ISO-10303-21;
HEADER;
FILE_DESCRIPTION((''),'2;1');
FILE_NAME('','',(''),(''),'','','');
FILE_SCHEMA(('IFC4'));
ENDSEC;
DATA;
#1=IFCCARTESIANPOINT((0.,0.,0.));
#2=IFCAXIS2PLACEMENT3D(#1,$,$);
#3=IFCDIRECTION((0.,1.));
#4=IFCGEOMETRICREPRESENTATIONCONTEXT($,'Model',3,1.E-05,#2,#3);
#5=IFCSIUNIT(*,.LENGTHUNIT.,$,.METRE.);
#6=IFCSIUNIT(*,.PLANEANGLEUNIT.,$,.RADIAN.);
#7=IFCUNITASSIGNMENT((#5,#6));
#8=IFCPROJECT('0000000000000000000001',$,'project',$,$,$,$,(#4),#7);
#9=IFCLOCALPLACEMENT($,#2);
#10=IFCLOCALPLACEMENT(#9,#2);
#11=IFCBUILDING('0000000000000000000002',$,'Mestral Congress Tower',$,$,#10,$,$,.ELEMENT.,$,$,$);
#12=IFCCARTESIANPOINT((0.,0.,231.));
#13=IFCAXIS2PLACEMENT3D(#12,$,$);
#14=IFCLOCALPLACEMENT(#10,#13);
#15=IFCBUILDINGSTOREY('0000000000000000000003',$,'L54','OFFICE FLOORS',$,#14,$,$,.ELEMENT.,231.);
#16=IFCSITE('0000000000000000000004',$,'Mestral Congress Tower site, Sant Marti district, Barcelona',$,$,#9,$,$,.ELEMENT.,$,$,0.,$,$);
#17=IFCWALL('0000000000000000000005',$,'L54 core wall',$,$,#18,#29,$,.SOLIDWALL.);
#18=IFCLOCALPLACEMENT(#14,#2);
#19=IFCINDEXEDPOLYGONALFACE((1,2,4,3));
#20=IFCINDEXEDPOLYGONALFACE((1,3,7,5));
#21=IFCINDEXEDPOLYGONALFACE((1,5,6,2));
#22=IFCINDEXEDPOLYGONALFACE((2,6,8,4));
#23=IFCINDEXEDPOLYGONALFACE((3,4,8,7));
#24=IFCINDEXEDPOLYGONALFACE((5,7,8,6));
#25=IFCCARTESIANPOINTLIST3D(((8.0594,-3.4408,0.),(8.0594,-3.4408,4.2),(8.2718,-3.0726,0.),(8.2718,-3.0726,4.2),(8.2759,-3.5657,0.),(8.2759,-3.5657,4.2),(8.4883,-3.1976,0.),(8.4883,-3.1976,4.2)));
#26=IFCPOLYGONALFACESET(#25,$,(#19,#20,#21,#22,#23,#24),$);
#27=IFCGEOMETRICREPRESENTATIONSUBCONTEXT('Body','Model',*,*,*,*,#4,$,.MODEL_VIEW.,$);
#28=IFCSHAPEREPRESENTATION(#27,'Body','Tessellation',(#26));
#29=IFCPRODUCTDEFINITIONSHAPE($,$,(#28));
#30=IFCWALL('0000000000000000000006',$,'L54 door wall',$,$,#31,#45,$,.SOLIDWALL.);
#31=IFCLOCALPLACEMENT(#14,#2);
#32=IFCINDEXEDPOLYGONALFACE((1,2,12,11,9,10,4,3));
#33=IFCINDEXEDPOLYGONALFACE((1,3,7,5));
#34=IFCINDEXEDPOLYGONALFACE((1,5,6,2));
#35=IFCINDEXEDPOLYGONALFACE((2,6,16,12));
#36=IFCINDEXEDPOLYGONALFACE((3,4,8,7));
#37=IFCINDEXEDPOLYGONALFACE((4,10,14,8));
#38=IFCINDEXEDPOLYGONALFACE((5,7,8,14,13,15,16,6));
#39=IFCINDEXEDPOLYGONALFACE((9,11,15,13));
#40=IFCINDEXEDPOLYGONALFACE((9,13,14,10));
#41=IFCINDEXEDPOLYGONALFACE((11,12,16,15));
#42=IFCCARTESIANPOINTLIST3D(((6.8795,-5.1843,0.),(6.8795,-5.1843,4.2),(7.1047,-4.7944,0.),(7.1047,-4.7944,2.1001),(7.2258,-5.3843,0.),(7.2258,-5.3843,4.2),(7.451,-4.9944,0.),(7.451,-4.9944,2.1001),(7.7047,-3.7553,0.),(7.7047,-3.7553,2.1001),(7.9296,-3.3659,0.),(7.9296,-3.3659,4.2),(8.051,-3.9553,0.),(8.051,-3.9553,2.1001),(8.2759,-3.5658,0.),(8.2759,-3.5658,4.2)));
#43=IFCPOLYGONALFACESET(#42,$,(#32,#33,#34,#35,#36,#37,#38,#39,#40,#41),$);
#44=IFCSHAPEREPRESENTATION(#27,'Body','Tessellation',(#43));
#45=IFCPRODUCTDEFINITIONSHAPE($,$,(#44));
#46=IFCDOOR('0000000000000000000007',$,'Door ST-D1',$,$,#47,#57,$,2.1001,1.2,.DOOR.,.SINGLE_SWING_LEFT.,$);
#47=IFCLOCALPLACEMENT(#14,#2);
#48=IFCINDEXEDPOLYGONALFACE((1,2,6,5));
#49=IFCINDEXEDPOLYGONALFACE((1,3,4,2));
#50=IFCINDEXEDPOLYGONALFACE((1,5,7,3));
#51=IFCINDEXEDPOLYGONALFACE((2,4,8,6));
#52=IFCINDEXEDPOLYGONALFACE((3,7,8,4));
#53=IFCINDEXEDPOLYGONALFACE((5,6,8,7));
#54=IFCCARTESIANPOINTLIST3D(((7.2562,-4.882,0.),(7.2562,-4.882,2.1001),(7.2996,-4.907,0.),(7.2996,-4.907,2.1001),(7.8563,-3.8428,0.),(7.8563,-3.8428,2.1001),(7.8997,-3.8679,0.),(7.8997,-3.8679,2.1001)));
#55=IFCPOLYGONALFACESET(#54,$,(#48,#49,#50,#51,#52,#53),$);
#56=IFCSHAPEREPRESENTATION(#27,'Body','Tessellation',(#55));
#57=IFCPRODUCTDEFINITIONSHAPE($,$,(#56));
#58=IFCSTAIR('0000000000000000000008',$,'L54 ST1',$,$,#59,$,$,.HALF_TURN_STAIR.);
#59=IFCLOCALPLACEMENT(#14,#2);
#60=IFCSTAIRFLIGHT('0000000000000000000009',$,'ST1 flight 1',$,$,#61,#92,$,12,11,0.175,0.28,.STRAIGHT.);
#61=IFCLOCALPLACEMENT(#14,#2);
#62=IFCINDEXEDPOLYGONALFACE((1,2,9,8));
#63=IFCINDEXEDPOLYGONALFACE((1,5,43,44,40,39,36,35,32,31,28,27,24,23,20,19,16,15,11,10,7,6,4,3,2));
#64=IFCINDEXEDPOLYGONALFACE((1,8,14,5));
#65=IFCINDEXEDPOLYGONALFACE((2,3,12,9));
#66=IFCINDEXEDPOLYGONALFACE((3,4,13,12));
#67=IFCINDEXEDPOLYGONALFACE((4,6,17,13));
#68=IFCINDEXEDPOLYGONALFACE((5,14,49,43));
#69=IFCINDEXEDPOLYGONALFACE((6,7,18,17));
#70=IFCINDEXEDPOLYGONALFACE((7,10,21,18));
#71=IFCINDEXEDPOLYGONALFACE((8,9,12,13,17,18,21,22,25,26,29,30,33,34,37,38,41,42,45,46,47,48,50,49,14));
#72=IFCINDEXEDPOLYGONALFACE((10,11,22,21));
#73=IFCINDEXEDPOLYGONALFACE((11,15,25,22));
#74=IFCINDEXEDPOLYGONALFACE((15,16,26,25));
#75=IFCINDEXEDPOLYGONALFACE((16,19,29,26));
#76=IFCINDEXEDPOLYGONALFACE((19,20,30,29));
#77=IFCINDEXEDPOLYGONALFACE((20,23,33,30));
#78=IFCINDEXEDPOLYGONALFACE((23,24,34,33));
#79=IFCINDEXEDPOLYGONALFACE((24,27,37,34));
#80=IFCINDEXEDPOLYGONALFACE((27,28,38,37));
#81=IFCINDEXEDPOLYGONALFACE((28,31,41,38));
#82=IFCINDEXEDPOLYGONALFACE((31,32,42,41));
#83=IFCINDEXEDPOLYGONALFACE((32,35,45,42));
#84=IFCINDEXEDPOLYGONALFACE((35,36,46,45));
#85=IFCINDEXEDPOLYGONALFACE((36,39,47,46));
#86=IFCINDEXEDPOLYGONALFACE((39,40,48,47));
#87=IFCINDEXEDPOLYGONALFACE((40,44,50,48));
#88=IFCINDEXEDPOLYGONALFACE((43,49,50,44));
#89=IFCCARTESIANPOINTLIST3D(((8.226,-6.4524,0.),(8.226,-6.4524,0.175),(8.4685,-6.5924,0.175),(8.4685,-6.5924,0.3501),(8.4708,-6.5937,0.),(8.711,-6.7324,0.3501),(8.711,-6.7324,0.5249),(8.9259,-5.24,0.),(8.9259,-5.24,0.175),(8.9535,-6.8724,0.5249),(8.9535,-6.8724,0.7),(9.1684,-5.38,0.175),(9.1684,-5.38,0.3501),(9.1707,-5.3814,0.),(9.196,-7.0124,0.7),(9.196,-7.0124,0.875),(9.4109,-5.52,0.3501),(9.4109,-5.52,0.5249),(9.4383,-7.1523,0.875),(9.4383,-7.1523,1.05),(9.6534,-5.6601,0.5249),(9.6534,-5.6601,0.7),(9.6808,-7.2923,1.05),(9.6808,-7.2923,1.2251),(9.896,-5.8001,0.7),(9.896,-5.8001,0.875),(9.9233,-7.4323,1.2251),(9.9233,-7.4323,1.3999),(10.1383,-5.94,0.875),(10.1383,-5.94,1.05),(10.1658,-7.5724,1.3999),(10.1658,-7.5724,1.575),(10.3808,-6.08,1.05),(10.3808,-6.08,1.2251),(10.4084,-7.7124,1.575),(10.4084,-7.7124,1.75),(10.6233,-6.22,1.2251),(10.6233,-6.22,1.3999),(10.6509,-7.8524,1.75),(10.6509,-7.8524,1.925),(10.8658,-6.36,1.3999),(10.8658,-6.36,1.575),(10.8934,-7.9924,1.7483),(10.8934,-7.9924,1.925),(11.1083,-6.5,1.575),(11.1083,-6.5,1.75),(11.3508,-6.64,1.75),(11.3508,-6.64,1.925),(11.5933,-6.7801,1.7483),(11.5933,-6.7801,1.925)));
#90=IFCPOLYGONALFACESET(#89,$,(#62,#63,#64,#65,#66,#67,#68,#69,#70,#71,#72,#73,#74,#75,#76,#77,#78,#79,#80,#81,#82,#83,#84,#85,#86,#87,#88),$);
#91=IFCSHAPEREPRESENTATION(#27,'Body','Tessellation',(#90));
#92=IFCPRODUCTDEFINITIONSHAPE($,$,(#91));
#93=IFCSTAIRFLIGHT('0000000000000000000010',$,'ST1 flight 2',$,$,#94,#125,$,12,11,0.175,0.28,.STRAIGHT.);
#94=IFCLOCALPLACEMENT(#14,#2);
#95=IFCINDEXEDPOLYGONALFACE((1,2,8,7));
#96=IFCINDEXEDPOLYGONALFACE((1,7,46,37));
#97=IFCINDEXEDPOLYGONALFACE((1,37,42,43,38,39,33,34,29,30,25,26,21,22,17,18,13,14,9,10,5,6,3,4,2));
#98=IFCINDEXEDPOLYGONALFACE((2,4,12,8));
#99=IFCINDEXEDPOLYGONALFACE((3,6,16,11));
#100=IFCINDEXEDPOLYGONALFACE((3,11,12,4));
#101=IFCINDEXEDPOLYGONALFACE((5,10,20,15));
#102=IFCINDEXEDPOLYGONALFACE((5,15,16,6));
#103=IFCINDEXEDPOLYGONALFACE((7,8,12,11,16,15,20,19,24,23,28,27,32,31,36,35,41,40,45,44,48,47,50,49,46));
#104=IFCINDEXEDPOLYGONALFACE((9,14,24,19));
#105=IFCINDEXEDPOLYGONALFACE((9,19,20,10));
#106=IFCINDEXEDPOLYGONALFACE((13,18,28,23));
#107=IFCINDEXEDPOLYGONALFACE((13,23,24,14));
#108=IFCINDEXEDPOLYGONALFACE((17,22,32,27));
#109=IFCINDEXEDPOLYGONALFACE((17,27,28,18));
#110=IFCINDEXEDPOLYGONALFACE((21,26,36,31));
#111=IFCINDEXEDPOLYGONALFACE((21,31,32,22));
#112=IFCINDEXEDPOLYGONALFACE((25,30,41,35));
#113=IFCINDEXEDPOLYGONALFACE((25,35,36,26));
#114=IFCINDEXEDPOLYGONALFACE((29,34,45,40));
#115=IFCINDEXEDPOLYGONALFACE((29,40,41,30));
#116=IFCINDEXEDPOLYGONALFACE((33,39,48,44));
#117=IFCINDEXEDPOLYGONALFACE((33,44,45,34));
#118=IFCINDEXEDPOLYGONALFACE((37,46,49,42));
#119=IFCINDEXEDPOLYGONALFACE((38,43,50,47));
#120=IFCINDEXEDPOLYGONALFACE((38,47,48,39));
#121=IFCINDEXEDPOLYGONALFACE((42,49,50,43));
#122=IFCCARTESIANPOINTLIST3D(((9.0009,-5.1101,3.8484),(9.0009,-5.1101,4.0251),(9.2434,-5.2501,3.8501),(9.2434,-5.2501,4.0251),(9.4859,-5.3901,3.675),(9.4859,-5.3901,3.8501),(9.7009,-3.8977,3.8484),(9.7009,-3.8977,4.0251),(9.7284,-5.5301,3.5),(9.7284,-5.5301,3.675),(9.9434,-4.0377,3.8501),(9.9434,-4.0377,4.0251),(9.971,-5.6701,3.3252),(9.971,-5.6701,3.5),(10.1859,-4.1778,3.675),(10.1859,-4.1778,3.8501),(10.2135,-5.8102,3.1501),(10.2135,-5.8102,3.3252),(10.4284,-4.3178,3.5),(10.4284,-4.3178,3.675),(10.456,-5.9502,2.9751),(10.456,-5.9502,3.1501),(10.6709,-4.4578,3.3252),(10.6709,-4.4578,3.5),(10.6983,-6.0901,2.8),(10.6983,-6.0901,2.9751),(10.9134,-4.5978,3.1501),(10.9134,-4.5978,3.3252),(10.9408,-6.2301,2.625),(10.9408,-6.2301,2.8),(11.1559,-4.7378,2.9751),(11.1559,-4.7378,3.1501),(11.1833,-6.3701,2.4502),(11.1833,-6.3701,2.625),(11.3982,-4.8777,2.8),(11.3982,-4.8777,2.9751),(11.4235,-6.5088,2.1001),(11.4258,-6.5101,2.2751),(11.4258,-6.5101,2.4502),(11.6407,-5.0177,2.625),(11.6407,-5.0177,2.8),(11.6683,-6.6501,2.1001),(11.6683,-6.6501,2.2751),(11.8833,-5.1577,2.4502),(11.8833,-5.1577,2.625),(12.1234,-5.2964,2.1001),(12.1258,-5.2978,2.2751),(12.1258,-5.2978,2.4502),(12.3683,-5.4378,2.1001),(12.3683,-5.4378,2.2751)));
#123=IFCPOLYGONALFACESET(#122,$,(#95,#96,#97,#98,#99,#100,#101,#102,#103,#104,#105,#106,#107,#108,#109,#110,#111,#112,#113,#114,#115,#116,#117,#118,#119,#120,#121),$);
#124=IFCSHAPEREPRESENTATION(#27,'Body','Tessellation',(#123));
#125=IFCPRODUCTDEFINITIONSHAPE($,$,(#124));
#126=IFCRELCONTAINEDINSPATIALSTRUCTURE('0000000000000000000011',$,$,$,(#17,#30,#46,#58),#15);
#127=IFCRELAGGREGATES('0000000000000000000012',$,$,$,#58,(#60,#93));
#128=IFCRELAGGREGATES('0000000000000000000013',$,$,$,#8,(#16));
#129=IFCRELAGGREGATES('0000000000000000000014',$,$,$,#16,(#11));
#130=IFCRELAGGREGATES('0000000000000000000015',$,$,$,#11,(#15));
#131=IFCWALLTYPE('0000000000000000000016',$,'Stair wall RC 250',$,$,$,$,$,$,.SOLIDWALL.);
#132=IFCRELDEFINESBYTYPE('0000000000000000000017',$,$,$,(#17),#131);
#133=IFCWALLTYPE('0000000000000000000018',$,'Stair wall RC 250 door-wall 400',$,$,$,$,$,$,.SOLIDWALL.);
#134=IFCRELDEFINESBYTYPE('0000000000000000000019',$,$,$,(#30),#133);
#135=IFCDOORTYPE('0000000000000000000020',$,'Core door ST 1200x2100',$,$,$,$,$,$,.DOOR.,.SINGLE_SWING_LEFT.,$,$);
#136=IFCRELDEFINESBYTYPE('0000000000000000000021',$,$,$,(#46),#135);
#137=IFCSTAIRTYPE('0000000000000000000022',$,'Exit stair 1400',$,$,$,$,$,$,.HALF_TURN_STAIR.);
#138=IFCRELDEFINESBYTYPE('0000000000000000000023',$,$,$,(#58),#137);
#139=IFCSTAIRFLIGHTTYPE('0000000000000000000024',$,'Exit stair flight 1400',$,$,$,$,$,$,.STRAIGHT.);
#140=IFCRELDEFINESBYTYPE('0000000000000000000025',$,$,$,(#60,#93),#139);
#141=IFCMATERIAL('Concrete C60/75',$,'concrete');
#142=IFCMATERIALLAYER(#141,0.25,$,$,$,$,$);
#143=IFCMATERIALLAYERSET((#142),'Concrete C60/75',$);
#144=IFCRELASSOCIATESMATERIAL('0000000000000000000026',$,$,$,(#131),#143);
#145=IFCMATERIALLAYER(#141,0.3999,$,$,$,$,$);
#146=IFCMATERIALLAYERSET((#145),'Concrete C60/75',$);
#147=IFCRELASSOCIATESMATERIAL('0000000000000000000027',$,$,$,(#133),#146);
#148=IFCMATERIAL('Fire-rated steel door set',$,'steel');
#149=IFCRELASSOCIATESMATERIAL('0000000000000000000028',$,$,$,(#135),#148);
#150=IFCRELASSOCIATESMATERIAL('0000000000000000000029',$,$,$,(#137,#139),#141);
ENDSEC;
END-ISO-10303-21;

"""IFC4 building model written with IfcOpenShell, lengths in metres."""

from ifc_helpers import new_model, si_unit, direction, frame, frame_2d, origin, place, context, subcontext, project, spatial, polyline, rectangle, outline, extrude, material, layer, layer_set, type_object, element, fill, aggregate, save


model = new_model("IFC4")

# Units and contexts
model_context = context("Model", 3, precision=1e-05, world=origin(), true_north=direction((0.0, 1.0)))
body_context = subcontext(model_context, "Body", "Model", "MODEL_VIEW")
ifc_project = project(units=[si_unit("LENGTHUNIT", "METRE"), si_unit("PLANEANGLEUNIT", "RADIAN")], contexts=[model_context])

# Site, building, storey
site_placement = place(None, origin())
site = spatial("IfcSite", under=ifc_project, at=site_placement, Name="Mestral Congress Tower site, Sant Marti district, Barcelona", CompositionType="ELEMENT", RefElevation=0.0)
building_placement = place(site_placement, origin())
building = spatial("IfcBuilding", under=site, at=building_placement, Name="Mestral Congress Tower", CompositionType="ELEMENT")
storey_placement = place(building_placement, frame((0.0, 0.0, 231.0)))
storey = spatial("IfcBuildingStorey", under=building, at=storey_placement, Name="L54", Description="OFFICE FLOORS", CompositionType="ELEMENT", Elevation=231.0)

# Shared definitions
ifc_material_1 = material(Name="Fire-rated steel door set", Category="steel")
ifc_material_2 = material(Name="Concrete C60/75", Category="concrete")

# Wall
ifc_layer_1 = layer(ifc_material_2, 0.25)
ifc_layer_set_1 = layer_set([ifc_layer_1], Name="Concrete C60/75")
wall_type_1 = type_object("IfcWallType", Name="Stair wall RC 250", PredefinedType="SOLIDWALL", material=ifc_layer_set_1)
wall_1_placement = place(storey_placement, frame((8.1677, -3.5032, 0.0), z_axis=(0.0, 0.0, 1.0), x_axis=(0.499722, 0.866186, 0.0)))
element("IfcWall", 1, at=wall_1_placement, inside=storey, type_object=wall_type_1, Name="L54 core wall", PredefinedType="SOLIDWALL", context=body_context, shape_type="SweptSolid", body=[
    extrude(rectangle(XDim=0.425, YDim=0.25, at=frame_2d((0.2124, 0.0))), origin(), (0.0, 0.0, 1.0), 4.2),
])

# Wall, opening, door
ifc_layer_2 = layer(ifc_material_2, 0.3999)
ifc_layer_set_2 = layer_set([ifc_layer_2], Name="Concrete C60/75")
wall_type_2 = type_object("IfcWallType", Name="Stair wall RC 250 door-wall 400", PredefinedType="SOLIDWALL", material=ifc_layer_set_2)
wall_2_placement = place(storey_placement, frame((7.0527, -5.2842, 0.0), z_axis=(0.0, 0.0, 1.0), x_axis=(0.500078, 0.86598, 0.0)))
wall_2 = element("IfcWall", 2, at=wall_2_placement, inside=storey, type_object=wall_type_2, Name="L54 door wall", PredefinedType="SOLIDWALL", context=body_context, shape_type="SweptSolid", body=[
    extrude(rectangle(XDim=2.0999, YDim=0.3999, at=frame_2d((1.0498, 0.0))), origin(), (0.0, 0.0, 1.0), 4.2),
])
opening_1_placement = place(wall_2_placement, frame((0.45, 0.0, 0.0)))
opening_1 = element("IfcOpeningElement", 3, at=opening_1_placement, cuts=wall_2, PredefinedType="OPENING", context=body_context, shape_type="SweptSolid", body=[
    extrude(rectangle(XDim=1.2, YDim=2.1001, at=frame_2d((0.6001, 1.05))), frame((0.0, 0.21, 0.0), z_axis=(0.0, -1.0, 0.0), x_axis=(1.0, 0.0, 0.0)), (0.0, 0.0, 1.0), 0.4199),
])
door_type_1 = type_object("IfcDoorType", Name="Core door ST 1200x2100", OperationType="SINGLE_SWING_LEFT", PredefinedType="DOOR", material=ifc_material_1)
door_1_placement = place(opening_1_placement, origin())
door_1 = element("IfcDoor", 4, at=door_1_placement, inside=storey, type_object=door_type_1, Name="Door ST-D1", OperationType="SINGLE_SWING_LEFT", OverallHeight=2.1001, OverallWidth=1.2, PredefinedType="DOOR", context=body_context, shape_type="SweptSolid", body=[
    extrude(rectangle(XDim=1.2, YDim=2.1001, at=frame_2d((0.6001, 1.05))), frame((0.0, 0.0249, 0.0), z_axis=(0.0, -1.0, 0.0), x_axis=(1.0, 0.0, 0.0)), (0.0, 0.0, 1.0), 0.05),
])
fill(opening_1, door_1)

# Stair, stair flights
stair_type = type_object("IfcStairType", Name="Exit stair 1400", PredefinedType="HALF_TURN_STAIR", material=ifc_material_2)
stair_placement = place(storey_placement, origin())
stair = element("IfcStair", 5, at=stair_placement, inside=storey, type_object=stair_type, Name="L54 ST1", PredefinedType="HALF_TURN_STAIR")
stair_flight_type = type_object("IfcStairFlightType", Name="Exit stair flight 1400", PredefinedType="STRAIGHT", material=ifc_material_2)
stair_flight_1_placement = place(storey_placement, frame((8.5759, -5.8462, 0.0), z_axis=(0.0, 0.0, 1.0), x_axis=(0.866025, -0.5, 0.0)))
stair_flight_1 = element("IfcStairFlight", 6, at=stair_flight_1_placement, type_object=stair_flight_type, Name="ST1 flight 1", NumberOfRisers=12, NumberOfTreads=11, PredefinedType="STRAIGHT", RiserHeight=0.175, TreadLength=0.28, context=body_context, shape_type="SweptSolid", body=[
    extrude(outline(polyline([(0.0, 0.0), (0.0, 0.175), (0.28, 0.175), (0.28, 0.3501), (0.5601, 0.3501), (0.5601, 0.5249), (0.8401, 0.5249), (0.8401, 0.7), (1.1201, 0.7), (1.1201, 0.875), (1.3999, 0.875), (1.3999, 1.05), (1.6799, 1.05), (1.6799, 1.2251), (1.96, 1.2251), (1.96, 1.3999), (2.24, 1.3999), (2.24, 1.575), (2.52, 1.575), (2.52, 1.75), (2.8, 1.75), (2.8, 1.925), (3.0801, 1.925), (3.0801, 2.1001), (3.0801, 1.7483), (0.2827, 0.0), (0.0, 0.0)])), frame((0.0, 0.7, 0.0), z_axis=(0.0, -1.0, 0.0), x_axis=(1.0, 0.0, 0.0)), (0.0, 0.0, 1.0), 1.3999),
])
stair_flight_2_placement = place(storey_placement, frame((12.0183, -6.0439, 2.1001), z_axis=(0.0, 0.0, 1.0), x_axis=(-0.866025, 0.5, 0.0)))
stair_flight_2 = element("IfcStairFlight", 7, at=stair_flight_2_placement, type_object=stair_flight_type, Name="ST1 flight 2", NumberOfRisers=12, NumberOfTreads=11, PredefinedType="STRAIGHT", RiserHeight=0.175, TreadLength=0.28, context=body_context, shape_type="SweptSolid", body=[
    extrude(outline(polyline([(0.0, 0.0), (0.0, 0.175), (0.28, 0.175), (0.28, 0.3501), (0.5601, 0.3501), (0.5601, 0.5249), (0.8401, 0.5249), (0.8401, 0.7), (1.1201, 0.7), (1.1201, 0.875), (1.3999, 0.875), (1.3999, 1.05), (1.6799, 1.05), (1.6799, 1.2251), (1.96, 1.2251), (1.96, 1.3999), (2.24, 1.3999), (2.24, 1.575), (2.52, 1.575), (2.52, 1.75), (2.8, 1.75), (2.8, 1.925), (3.0801, 1.925), (3.0801, 2.1001), (3.0801, 1.7483), (0.2827, 0.0), (0.0, 0.0)])), frame((0.0, 0.7, 0.0), z_axis=(0.0, -1.0, 0.0), x_axis=(1.0, 0.0, 0.0)), (0.0, 0.0, 1.0), 1.3999),
])
aggregate(stair, [stair_flight_1, stair_flight_2])

save(model, "model.ifc")
